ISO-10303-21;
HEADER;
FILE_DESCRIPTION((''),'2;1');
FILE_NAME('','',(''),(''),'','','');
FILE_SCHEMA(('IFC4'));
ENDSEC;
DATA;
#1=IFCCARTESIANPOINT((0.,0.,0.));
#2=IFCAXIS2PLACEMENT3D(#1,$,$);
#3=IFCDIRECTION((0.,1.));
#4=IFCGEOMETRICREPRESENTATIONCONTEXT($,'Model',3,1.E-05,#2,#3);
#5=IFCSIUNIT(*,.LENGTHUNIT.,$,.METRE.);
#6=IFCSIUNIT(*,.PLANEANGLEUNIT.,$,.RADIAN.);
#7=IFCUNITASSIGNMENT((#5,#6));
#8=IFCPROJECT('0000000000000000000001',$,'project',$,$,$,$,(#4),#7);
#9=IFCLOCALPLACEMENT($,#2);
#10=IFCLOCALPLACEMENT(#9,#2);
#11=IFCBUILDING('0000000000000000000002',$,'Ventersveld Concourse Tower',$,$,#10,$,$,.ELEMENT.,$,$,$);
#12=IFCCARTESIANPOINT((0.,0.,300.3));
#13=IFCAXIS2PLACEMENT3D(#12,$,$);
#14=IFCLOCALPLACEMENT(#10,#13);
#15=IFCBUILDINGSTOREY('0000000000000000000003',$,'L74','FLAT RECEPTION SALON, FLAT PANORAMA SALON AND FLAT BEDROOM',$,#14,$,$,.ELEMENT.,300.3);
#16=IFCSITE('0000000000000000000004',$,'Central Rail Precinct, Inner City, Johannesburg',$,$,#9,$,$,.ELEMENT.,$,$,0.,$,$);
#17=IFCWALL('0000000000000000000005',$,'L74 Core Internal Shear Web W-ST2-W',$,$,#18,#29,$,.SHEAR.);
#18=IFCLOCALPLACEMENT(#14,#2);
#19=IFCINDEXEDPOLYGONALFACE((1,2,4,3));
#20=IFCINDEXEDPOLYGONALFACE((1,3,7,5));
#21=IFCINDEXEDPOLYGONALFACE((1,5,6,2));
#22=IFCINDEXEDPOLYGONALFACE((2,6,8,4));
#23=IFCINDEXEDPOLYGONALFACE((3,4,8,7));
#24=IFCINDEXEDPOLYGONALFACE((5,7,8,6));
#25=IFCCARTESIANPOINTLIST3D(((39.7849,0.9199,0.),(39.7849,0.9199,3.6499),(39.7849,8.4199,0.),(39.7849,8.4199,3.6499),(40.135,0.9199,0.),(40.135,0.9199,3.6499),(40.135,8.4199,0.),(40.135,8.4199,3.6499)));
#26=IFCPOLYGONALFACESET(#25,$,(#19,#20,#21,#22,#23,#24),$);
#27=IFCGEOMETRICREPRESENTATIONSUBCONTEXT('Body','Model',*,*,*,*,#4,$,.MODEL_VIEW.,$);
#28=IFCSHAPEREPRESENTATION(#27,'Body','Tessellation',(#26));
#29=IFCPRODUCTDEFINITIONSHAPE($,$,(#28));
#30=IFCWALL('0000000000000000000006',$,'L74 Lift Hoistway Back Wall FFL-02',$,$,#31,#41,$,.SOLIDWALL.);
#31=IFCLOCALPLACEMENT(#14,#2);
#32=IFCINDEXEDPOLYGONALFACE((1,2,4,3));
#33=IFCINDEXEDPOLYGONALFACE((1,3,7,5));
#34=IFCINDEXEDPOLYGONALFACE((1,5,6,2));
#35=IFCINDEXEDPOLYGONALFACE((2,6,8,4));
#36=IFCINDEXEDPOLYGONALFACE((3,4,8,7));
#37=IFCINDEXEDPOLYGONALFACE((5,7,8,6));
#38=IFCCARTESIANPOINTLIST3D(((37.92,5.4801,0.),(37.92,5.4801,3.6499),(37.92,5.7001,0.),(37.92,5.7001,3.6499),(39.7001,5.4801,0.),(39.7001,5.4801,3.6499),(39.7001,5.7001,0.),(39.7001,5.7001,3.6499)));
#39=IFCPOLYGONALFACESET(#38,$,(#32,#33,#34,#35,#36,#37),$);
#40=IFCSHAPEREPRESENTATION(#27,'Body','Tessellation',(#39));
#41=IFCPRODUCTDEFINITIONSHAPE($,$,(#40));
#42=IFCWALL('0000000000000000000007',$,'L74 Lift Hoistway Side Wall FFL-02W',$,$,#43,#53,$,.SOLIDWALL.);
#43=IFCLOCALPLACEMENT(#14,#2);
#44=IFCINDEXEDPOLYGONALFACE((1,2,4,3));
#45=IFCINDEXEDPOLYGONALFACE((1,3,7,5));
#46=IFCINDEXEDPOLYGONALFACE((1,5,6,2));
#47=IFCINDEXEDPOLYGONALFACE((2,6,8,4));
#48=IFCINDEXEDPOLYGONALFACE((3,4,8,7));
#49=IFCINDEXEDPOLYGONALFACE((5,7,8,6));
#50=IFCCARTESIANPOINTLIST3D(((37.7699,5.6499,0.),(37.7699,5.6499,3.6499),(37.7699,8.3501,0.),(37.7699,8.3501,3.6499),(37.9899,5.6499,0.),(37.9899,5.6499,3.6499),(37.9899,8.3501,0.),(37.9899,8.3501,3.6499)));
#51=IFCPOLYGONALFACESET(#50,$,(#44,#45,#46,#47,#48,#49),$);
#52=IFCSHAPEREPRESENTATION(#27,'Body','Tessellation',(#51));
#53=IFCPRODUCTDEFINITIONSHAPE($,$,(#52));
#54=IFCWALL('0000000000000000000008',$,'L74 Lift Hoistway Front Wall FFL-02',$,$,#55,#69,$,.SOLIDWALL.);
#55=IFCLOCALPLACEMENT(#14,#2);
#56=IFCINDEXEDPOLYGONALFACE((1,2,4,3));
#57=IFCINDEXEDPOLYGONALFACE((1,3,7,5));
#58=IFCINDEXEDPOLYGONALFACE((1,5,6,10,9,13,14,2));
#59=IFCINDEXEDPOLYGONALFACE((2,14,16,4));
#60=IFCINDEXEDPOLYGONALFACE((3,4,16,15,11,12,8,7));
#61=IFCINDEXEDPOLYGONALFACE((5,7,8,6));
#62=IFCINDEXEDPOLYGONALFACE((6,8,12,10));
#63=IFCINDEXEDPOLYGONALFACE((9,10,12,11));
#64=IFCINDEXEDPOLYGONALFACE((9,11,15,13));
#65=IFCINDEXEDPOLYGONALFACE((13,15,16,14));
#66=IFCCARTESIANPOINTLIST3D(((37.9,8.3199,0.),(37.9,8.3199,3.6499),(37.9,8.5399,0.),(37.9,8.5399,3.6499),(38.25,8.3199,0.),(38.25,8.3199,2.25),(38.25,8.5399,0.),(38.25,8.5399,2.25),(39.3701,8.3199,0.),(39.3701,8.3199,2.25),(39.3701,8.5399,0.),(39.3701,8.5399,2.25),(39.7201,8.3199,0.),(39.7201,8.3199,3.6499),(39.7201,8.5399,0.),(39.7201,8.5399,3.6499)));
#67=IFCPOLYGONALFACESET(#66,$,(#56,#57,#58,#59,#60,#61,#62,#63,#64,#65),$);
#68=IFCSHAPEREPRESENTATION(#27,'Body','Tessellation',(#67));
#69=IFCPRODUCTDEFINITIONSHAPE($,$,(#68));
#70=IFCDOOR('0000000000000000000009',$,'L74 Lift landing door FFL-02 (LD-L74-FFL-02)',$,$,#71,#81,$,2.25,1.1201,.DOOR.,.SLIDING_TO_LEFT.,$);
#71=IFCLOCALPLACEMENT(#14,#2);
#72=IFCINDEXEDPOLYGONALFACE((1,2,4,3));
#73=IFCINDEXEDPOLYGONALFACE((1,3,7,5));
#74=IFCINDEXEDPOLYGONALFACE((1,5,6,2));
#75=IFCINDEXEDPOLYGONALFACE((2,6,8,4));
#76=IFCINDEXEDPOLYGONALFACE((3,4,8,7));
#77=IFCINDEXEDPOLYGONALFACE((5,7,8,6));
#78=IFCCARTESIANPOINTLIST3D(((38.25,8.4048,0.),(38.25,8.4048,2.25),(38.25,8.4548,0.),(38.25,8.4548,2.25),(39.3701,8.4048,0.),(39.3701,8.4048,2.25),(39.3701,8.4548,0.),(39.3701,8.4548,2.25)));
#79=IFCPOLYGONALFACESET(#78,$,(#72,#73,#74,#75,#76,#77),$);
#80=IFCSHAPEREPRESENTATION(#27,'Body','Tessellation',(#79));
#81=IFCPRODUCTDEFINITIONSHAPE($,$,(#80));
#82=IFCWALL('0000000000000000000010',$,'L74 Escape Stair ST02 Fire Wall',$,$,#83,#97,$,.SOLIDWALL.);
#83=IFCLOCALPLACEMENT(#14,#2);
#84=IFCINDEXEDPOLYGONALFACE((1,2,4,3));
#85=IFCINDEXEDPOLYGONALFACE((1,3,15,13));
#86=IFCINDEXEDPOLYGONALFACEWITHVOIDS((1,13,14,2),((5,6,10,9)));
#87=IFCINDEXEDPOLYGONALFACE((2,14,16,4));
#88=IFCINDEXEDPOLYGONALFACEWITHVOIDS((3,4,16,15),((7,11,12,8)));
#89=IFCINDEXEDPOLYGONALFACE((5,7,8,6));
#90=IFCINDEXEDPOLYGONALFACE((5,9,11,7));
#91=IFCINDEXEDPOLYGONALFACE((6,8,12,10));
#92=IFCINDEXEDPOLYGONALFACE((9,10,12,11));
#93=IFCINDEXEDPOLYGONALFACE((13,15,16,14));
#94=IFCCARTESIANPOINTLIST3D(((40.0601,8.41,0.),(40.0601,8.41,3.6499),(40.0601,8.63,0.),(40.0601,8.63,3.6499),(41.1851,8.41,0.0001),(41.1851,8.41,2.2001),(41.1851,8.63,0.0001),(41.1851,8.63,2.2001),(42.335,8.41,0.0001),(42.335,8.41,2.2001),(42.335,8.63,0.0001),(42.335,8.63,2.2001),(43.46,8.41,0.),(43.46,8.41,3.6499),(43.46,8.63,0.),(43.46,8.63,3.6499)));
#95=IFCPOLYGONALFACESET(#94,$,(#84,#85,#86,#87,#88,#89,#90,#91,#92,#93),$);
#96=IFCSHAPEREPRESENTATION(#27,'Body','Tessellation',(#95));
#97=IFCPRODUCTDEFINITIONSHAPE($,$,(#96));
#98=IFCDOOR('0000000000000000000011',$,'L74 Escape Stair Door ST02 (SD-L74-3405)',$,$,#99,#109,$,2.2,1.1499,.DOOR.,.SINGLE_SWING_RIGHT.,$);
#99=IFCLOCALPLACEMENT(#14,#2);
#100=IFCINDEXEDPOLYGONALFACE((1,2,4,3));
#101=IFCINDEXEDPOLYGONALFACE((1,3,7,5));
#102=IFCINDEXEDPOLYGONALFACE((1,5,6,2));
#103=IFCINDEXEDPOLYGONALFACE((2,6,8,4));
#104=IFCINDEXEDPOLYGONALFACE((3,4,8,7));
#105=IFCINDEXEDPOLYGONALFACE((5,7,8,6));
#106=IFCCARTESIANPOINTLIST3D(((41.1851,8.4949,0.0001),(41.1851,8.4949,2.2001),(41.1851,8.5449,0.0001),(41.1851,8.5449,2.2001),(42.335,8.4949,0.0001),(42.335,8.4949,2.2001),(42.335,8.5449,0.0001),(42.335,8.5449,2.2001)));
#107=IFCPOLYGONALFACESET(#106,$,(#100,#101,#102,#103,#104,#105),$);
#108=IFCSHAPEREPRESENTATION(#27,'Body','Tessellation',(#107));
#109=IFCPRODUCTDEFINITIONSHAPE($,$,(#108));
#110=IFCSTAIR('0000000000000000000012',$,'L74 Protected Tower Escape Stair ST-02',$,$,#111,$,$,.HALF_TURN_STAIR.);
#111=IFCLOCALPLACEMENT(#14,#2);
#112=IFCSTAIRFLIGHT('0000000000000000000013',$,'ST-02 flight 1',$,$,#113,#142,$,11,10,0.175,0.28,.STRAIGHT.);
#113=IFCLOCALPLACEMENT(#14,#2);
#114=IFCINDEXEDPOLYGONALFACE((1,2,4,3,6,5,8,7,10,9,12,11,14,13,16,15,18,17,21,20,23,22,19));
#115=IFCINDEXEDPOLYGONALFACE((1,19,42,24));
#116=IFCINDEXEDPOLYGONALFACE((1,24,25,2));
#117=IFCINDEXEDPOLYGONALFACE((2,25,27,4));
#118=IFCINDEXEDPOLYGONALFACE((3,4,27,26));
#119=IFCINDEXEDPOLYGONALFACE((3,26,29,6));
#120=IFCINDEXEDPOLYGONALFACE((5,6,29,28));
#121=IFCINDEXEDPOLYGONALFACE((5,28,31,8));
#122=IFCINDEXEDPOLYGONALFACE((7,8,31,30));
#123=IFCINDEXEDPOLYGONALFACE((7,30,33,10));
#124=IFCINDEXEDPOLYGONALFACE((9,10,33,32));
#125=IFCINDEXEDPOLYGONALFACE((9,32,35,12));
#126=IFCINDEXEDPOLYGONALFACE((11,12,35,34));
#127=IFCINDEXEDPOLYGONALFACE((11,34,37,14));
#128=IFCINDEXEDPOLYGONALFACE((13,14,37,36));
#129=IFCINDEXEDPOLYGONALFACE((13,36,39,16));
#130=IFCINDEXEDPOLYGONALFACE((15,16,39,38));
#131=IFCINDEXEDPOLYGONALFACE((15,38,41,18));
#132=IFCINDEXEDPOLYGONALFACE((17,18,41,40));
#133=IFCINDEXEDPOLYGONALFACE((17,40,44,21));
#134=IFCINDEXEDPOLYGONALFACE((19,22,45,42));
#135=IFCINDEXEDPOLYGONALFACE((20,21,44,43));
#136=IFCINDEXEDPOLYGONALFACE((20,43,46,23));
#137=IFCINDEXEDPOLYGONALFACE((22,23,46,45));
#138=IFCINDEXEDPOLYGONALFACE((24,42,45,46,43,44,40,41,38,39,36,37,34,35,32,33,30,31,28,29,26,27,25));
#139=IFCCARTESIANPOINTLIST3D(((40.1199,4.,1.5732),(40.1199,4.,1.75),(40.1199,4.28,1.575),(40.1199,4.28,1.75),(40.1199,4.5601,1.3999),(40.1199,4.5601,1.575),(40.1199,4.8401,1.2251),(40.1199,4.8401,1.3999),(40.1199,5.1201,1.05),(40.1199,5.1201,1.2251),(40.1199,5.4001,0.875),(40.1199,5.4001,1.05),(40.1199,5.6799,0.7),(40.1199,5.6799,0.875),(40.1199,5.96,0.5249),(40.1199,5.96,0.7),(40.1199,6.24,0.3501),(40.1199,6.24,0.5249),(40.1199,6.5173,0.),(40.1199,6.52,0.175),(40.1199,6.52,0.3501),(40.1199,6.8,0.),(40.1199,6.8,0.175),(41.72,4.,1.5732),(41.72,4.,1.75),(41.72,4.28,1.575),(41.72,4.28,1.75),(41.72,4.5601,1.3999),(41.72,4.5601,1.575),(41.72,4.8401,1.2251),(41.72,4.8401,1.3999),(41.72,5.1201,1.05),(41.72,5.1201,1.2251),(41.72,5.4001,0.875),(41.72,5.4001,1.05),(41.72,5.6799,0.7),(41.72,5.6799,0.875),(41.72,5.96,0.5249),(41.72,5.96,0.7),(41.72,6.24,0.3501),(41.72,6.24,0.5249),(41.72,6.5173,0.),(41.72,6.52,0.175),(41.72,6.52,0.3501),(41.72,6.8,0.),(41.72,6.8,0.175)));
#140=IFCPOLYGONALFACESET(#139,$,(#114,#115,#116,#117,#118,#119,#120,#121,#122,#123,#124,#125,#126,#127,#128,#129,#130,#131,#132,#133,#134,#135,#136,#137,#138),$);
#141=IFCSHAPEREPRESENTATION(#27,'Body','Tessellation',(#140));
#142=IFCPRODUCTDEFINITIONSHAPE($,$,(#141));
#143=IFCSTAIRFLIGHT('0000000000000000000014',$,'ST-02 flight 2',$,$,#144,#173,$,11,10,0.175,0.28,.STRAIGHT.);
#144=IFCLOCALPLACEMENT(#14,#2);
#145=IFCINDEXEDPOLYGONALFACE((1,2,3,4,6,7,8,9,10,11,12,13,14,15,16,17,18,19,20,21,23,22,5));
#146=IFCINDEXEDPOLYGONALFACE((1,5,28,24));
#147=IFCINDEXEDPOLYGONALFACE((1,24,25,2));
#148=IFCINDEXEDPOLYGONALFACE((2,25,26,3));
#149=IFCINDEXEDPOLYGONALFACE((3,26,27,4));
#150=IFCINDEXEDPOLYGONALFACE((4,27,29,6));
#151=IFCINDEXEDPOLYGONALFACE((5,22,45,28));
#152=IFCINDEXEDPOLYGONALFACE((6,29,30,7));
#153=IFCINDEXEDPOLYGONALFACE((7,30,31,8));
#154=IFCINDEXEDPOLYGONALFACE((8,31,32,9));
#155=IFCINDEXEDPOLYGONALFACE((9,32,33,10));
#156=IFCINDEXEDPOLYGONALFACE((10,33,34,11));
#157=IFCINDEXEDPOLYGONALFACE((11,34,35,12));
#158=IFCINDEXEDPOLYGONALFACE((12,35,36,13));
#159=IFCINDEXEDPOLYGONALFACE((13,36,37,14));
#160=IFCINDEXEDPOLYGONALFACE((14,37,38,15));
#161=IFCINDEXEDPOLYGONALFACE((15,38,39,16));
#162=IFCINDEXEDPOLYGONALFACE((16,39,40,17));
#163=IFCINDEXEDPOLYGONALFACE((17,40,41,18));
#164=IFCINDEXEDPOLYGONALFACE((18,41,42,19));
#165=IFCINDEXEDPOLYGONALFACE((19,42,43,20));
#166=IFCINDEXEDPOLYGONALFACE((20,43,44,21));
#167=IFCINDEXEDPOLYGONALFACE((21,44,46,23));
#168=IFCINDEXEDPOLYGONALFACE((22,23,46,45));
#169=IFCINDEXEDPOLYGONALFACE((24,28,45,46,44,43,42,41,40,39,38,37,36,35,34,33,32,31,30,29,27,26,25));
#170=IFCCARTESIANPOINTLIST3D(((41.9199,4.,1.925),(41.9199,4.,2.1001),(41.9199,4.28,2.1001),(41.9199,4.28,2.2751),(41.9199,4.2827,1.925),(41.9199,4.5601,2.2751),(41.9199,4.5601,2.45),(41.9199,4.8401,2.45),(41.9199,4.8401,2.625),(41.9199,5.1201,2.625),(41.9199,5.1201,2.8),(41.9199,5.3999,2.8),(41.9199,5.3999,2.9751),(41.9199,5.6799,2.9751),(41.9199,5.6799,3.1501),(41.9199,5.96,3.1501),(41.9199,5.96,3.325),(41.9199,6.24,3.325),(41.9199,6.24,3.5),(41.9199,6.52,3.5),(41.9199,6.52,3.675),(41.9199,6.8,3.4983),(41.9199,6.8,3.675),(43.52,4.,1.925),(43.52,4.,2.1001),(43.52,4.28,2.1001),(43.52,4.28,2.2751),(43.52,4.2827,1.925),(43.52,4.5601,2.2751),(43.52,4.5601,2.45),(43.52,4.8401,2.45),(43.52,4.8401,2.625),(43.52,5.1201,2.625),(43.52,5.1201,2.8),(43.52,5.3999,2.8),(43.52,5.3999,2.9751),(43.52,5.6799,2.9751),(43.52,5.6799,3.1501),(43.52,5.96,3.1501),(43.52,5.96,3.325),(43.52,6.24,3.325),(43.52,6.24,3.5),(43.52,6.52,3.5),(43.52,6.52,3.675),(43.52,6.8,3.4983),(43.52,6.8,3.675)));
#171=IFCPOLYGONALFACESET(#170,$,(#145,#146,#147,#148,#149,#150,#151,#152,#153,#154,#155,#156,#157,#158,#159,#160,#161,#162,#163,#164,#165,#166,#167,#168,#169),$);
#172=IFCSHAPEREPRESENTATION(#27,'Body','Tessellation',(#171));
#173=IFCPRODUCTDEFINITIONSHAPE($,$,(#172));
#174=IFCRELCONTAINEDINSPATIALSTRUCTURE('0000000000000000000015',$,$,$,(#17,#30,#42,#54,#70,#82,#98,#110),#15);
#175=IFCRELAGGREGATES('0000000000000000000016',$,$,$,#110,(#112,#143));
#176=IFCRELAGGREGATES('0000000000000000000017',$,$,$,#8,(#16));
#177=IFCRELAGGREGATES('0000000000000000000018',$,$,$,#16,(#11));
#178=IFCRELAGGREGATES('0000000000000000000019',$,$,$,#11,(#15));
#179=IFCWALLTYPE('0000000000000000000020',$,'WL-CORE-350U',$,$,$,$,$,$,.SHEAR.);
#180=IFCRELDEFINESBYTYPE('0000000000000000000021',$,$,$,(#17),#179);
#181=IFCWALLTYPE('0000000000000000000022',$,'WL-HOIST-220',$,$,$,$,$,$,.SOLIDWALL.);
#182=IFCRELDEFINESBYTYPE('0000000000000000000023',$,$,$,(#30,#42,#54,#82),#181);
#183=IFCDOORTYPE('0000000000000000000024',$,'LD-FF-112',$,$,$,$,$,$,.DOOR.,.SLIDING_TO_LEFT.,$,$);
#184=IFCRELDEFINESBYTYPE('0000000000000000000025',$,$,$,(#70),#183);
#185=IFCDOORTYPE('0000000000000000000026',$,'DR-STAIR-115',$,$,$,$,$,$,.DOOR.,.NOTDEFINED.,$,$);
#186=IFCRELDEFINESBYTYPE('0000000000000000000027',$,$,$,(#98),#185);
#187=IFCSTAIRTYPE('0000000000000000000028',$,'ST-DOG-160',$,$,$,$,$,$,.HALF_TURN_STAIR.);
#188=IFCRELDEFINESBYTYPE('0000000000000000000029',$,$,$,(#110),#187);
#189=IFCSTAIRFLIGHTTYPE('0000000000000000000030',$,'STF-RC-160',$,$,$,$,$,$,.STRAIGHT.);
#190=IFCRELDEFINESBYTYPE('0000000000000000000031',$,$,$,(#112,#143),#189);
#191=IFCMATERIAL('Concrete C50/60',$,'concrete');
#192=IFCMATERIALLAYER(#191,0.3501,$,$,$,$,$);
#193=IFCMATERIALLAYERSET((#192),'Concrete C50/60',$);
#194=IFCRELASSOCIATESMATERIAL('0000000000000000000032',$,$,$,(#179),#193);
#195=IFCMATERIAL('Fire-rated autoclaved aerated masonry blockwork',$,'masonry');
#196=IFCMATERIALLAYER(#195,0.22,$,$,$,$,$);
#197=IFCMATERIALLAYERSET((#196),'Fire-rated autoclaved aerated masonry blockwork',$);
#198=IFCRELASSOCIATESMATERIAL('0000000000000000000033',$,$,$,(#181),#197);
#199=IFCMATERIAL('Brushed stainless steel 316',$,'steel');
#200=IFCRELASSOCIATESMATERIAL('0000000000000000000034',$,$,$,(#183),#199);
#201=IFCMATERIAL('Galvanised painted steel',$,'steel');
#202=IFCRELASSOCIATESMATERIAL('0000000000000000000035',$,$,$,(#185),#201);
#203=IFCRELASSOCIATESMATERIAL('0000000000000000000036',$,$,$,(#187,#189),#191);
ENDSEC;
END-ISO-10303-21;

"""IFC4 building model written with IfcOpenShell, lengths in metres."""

from ifc_helpers import new_model, si_unit, direction, frame, frame_2d, origin, place, context, subcontext, project, spatial, polyline, rectangle, outline, extrude, material, layer, layer_set, type_object, element, fill, aggregate, save


model = new_model("IFC4")

# Units and contexts
model_context = context("Model", 3, precision=1e-05, world=origin(), true_north=direction((0.0, 1.0)))
body_context = subcontext(model_context, "Body", "Model", "MODEL_VIEW")
ifc_project = project(units=[si_unit("LENGTHUNIT", "METRE"), si_unit("PLANEANGLEUNIT", "RADIAN")], contexts=[model_context])

# Site, building, storey
site_placement = place(None, origin())
site = spatial("IfcSite", under=ifc_project, at=site_placement, Name="Central Rail Precinct, Inner City, Johannesburg", CompositionType="ELEMENT", RefElevation=0.0)
building_placement = place(site_placement, origin())
building = spatial("IfcBuilding", under=site, at=building_placement, Name="Ventersveld Concourse Tower", CompositionType="ELEMENT")
storey_placement = place(building_placement, frame((0.0, 0.0, 300.3)))
storey = spatial("IfcBuildingStorey", under=building, at=storey_placement, Name="L74", Description="FLAT RECEPTION SALON, FLAT PANORAMA SALON AND FLAT BEDROOM", CompositionType="ELEMENT", Elevation=300.3)

# Walls
ifc_material_1 = material(Name="Concrete C50/60", Category="concrete")
ifc_layer_1 = layer(ifc_material_1, 0.3501)
ifc_layer_set_1 = layer_set([ifc_layer_1], Name="Concrete C50/60")
wall_type_1 = type_object("IfcWallType", Name="WL-CORE-350U", PredefinedType="SHEAR", material=ifc_layer_set_1)
wall_1_placement = place(storey_placement, frame((39.96, 0.9199, 0.0), z_axis=(0.0, 0.0, 1.0), x_axis=(0.0, 1.0, 0.0)))
element("IfcWall", 1, at=wall_1_placement, inside=storey, type_object=wall_type_1, Name="L74 Core Internal Shear Web W-ST2-W", PredefinedType="SHEAR", context=body_context, shape_type="SweptSolid", body=[
    extrude(rectangle(XDim=7.5, YDim=0.3501, at=frame_2d((3.75, 0.0))), origin(), (0.0, 0.0, 1.0), 3.6499),
])
ifc_material_2 = material(Name="Fire-rated autoclaved aerated masonry blockwork", Category="masonry")
ifc_layer_2 = layer(ifc_material_2, 0.22)
ifc_layer_set_2 = layer_set([ifc_layer_2], Name="Fire-rated autoclaved aerated masonry blockwork")
wall_type_2 = type_object("IfcWallType", Name="WL-HOIST-220", PredefinedType="SOLIDWALL", material=ifc_layer_set_2)
wall_2_placement = place(storey_placement, frame((37.9199, 5.5901, 0.0), z_axis=(0.0, 0.0, 1.0), x_axis=(1.0, 0.0, 0.0)))
element("IfcWall", 2, at=wall_2_placement, inside=storey, type_object=wall_type_2, Name="L74 Lift Hoistway Back Wall FFL-02", PredefinedType="SOLIDWALL", context=body_context, shape_type="SweptSolid", body=[
    extrude(rectangle(XDim=1.78, YDim=0.22, at=frame_2d((0.8901, 0.0))), origin(), (0.0, 0.0, 1.0), 3.6499),
])
wall_3_placement = place(storey_placement, frame((37.8799, 5.6499, 0.0), z_axis=(0.0, 0.0, 1.0), x_axis=(0.0, 1.0, 0.0)))
element("IfcWall", 3, at=wall_3_placement, inside=storey, type_object=wall_type_2, Name="L74 Lift Hoistway Side Wall FFL-02W", PredefinedType="SOLIDWALL", context=body_context, shape_type="SweptSolid", body=[
    extrude(rectangle(XDim=2.7002, YDim=0.22, at=frame_2d((1.3501, 0.0))), origin(), (0.0, 0.0, 1.0), 3.6499),
])

# Walls, openings, doors
wall_4_placement = place(storey_placement, frame((37.8999, 8.4299, 0.0), z_axis=(0.0, 0.0, 1.0), x_axis=(1.0, 0.0, 0.0)))
wall_4 = element("IfcWall", 4, at=wall_4_placement, inside=storey, type_object=wall_type_2, Name="L74 Lift Hoistway Front Wall FFL-02", PredefinedType="SOLIDWALL", context=body_context, shape_type="SweptSolid", body=[
    extrude(rectangle(XDim=1.8201, YDim=0.22, at=frame_2d((0.9102, 0.0))), origin(), (0.0, 0.0, 1.0), 3.6499),
])
opening_1_placement = place(wall_4_placement, frame((0.3501, 0.0, 0.0)))
opening_1 = element("IfcOpeningElement", 5, at=opening_1_placement, cuts=wall_4, PredefinedType="OPENING", context=body_context, shape_type="SweptSolid", body=[
    extrude(rectangle(XDim=1.1201, YDim=2.25, at=frame_2d((0.5601, 1.125))), frame((0.0, 0.1201, 0.0), z_axis=(0.0, -1.0, 0.0), x_axis=(1.0, 0.0, 0.0)), (0.0, 0.0, 1.0), 0.24),
])
ifc_material_3 = material(Name="Brushed stainless steel 316", Category="steel")
door_type_1 = type_object("IfcDoorType", Name="LD-FF-112", OperationType="SLIDING_TO_LEFT", PredefinedType="DOOR", material=ifc_material_3)
door_1_placement = place(opening_1_placement, origin())
door_1 = element("IfcDoor", 6, at=door_1_placement, inside=storey, type_object=door_type_1, Name="L74 Lift landing door FFL-02 (LD-L74-FFL-02)", OperationType="SLIDING_TO_LEFT", OverallHeight=2.25, OverallWidth=1.1201, PredefinedType="DOOR", context=body_context, shape_type="SweptSolid", body=[
    extrude(rectangle(XDim=1.1201, YDim=2.25, at=frame_2d((0.5601, 1.125))), frame((0.0, 0.0249, 0.0), z_axis=(0.0, -1.0, 0.0), x_axis=(1.0, 0.0, 0.0)), (0.0, 0.0, 1.0), 0.05),
])
fill(opening_1, door_1)
wall_5_placement = place(storey_placement, frame((40.0601, 8.52, 0.0), z_axis=(0.0, 0.0, 1.0), x_axis=(1.0, 0.0, 0.0)))
wall_5 = element("IfcWall", 7, at=wall_5_placement, inside=storey, type_object=wall_type_2, Name="L74 Escape Stair ST02 Fire Wall", PredefinedType="SOLIDWALL", context=body_context, shape_type="SweptSolid", body=[
    extrude(rectangle(XDim=3.3999, YDim=0.22, at=frame_2d((1.7, 0.0))), origin(), (0.0, 0.0, 1.0), 3.6499),
])
opening_2_placement = place(wall_5_placement, frame((1.125, 0.0, 0.0)))
opening_2 = element("IfcOpeningElement", 8, at=opening_2_placement, cuts=wall_5, PredefinedType="OPENING", context=body_context, shape_type="SweptSolid", body=[
    extrude(rectangle(XDim=1.1499, YDim=2.2, at=frame_2d((0.575, 1.1001))), frame((0.0, 0.1201, 0.0), z_axis=(0.0, -1.0, 0.0), x_axis=(1.0, 0.0, 0.0)), (0.0, 0.0, 1.0), 0.24),
])
ifc_material_4 = material(Name="Galvanised painted steel", Category="steel")
door_type_2 = type_object("IfcDoorType", Name="DR-STAIR-115", OperationType="NOTDEFINED", PredefinedType="DOOR", material=ifc_material_4)
door_2_placement = place(opening_2_placement, origin())
door_2 = element("IfcDoor", 9, at=door_2_placement, inside=storey, type_object=door_type_2, Name="L74 Escape Stair Door ST02 (SD-L74-3405)", OperationType="SINGLE_SWING_RIGHT", OverallHeight=2.2, OverallWidth=1.1499, PredefinedType="DOOR", context=body_context, shape_type="SweptSolid", body=[
    extrude(rectangle(XDim=1.1499, YDim=2.2, at=frame_2d((0.575, 1.1001))), frame((0.0, 0.0249, 0.0), z_axis=(0.0, -1.0, 0.0), x_axis=(1.0, 0.0, 0.0)), (0.0, 0.0, 1.0), 0.05),
])
fill(opening_2, door_2)

# Stair, stair flights
stair_type = type_object("IfcStairType", Name="ST-DOG-160", PredefinedType="HALF_TURN_STAIR", material=ifc_material_1)
stair_placement = place(storey_placement, origin())
stair = element("IfcStair", 10, at=stair_placement, inside=storey, type_object=stair_type, Name="L74 Protected Tower Escape Stair ST-02", PredefinedType="HALF_TURN_STAIR")
stair_flight_type = type_object("IfcStairFlightType", Name="STF-RC-160", PredefinedType="STRAIGHT", material=ifc_material_1)
stair_flight_1_placement = place(storey_placement, frame((40.9199, 6.8, 0.0), z_axis=(0.0, 0.0, 1.0), x_axis=(0.0, -1.0, 0.0)))
stair_flight_1 = element("IfcStairFlight", 11, at=stair_flight_1_placement, type_object=stair_flight_type, Name="ST-02 flight 1", NumberOfRisers=11, NumberOfTreads=10, PredefinedType="STRAIGHT", RiserHeight=0.175, TreadLength=0.28, context=body_context, shape_type="SweptSolid", body=[
    extrude(outline(polyline([(0.0, 0.0), (0.0, 0.175), (0.28, 0.175), (0.28, 0.3501), (0.5601, 0.3501), (0.5601, 0.5249), (0.8401, 0.5249), (0.8401, 0.7), (1.1201, 0.7), (1.1201, 0.875), (1.3999, 0.875), (1.3999, 1.05), (1.6799, 1.05), (1.6799, 1.2251), (1.96, 1.2251), (1.96, 1.3999), (2.24, 1.3999), (2.24, 1.575), (2.52, 1.575), (2.52, 1.75), (2.8, 1.75), (2.8, 1.925), (2.8, 1.5732), (0.2827, 0.0), (0.0, 0.0)])), frame((0.0, 0.8, 0.0), z_axis=(0.0, -1.0, 0.0), x_axis=(1.0, 0.0, 0.0)), (0.0, 0.0, 1.0), 1.6001),
])
stair_flight_2_placement = place(storey_placement, frame((42.72, 4.0, 1.925), z_axis=(0.0, 0.0, 1.0), x_axis=(0.0, 1.0, 0.0)))
stair_flight_2 = element("IfcStairFlight", 12, at=stair_flight_2_placement, type_object=stair_flight_type, Name="ST-02 flight 2", NumberOfRisers=11, NumberOfTreads=10, PredefinedType="STRAIGHT", RiserHeight=0.175, TreadLength=0.28, context=body_context, shape_type="SweptSolid", body=[
    extrude(outline(polyline([(0.0, 0.0), (0.0, 0.175), (0.28, 0.175), (0.28, 0.3501), (0.5601, 0.3501), (0.5601, 0.5249), (0.8401, 0.5249), (0.8401, 0.7), (1.1201, 0.7), (1.1201, 0.875), (1.3999, 0.875), (1.3999, 1.05), (1.6799, 1.05), (1.6799, 1.2251), (1.96, 1.2251), (1.96, 1.3999), (2.24, 1.3999), (2.24, 1.575), (2.52, 1.575), (2.52, 1.75), (2.8, 1.75), (2.8, 1.925), (2.8, 1.5732), (0.2827, 0.0), (0.0, 0.0)])), frame((0.0, 0.8, 0.0), z_axis=(0.0, -1.0, 0.0), x_axis=(1.0, 0.0, 0.0)), (0.0, 0.0, 1.0), 1.6001),
])
aggregate(stair, [stair_flight_1, stair_flight_2])

save(model, "model.ifc")
